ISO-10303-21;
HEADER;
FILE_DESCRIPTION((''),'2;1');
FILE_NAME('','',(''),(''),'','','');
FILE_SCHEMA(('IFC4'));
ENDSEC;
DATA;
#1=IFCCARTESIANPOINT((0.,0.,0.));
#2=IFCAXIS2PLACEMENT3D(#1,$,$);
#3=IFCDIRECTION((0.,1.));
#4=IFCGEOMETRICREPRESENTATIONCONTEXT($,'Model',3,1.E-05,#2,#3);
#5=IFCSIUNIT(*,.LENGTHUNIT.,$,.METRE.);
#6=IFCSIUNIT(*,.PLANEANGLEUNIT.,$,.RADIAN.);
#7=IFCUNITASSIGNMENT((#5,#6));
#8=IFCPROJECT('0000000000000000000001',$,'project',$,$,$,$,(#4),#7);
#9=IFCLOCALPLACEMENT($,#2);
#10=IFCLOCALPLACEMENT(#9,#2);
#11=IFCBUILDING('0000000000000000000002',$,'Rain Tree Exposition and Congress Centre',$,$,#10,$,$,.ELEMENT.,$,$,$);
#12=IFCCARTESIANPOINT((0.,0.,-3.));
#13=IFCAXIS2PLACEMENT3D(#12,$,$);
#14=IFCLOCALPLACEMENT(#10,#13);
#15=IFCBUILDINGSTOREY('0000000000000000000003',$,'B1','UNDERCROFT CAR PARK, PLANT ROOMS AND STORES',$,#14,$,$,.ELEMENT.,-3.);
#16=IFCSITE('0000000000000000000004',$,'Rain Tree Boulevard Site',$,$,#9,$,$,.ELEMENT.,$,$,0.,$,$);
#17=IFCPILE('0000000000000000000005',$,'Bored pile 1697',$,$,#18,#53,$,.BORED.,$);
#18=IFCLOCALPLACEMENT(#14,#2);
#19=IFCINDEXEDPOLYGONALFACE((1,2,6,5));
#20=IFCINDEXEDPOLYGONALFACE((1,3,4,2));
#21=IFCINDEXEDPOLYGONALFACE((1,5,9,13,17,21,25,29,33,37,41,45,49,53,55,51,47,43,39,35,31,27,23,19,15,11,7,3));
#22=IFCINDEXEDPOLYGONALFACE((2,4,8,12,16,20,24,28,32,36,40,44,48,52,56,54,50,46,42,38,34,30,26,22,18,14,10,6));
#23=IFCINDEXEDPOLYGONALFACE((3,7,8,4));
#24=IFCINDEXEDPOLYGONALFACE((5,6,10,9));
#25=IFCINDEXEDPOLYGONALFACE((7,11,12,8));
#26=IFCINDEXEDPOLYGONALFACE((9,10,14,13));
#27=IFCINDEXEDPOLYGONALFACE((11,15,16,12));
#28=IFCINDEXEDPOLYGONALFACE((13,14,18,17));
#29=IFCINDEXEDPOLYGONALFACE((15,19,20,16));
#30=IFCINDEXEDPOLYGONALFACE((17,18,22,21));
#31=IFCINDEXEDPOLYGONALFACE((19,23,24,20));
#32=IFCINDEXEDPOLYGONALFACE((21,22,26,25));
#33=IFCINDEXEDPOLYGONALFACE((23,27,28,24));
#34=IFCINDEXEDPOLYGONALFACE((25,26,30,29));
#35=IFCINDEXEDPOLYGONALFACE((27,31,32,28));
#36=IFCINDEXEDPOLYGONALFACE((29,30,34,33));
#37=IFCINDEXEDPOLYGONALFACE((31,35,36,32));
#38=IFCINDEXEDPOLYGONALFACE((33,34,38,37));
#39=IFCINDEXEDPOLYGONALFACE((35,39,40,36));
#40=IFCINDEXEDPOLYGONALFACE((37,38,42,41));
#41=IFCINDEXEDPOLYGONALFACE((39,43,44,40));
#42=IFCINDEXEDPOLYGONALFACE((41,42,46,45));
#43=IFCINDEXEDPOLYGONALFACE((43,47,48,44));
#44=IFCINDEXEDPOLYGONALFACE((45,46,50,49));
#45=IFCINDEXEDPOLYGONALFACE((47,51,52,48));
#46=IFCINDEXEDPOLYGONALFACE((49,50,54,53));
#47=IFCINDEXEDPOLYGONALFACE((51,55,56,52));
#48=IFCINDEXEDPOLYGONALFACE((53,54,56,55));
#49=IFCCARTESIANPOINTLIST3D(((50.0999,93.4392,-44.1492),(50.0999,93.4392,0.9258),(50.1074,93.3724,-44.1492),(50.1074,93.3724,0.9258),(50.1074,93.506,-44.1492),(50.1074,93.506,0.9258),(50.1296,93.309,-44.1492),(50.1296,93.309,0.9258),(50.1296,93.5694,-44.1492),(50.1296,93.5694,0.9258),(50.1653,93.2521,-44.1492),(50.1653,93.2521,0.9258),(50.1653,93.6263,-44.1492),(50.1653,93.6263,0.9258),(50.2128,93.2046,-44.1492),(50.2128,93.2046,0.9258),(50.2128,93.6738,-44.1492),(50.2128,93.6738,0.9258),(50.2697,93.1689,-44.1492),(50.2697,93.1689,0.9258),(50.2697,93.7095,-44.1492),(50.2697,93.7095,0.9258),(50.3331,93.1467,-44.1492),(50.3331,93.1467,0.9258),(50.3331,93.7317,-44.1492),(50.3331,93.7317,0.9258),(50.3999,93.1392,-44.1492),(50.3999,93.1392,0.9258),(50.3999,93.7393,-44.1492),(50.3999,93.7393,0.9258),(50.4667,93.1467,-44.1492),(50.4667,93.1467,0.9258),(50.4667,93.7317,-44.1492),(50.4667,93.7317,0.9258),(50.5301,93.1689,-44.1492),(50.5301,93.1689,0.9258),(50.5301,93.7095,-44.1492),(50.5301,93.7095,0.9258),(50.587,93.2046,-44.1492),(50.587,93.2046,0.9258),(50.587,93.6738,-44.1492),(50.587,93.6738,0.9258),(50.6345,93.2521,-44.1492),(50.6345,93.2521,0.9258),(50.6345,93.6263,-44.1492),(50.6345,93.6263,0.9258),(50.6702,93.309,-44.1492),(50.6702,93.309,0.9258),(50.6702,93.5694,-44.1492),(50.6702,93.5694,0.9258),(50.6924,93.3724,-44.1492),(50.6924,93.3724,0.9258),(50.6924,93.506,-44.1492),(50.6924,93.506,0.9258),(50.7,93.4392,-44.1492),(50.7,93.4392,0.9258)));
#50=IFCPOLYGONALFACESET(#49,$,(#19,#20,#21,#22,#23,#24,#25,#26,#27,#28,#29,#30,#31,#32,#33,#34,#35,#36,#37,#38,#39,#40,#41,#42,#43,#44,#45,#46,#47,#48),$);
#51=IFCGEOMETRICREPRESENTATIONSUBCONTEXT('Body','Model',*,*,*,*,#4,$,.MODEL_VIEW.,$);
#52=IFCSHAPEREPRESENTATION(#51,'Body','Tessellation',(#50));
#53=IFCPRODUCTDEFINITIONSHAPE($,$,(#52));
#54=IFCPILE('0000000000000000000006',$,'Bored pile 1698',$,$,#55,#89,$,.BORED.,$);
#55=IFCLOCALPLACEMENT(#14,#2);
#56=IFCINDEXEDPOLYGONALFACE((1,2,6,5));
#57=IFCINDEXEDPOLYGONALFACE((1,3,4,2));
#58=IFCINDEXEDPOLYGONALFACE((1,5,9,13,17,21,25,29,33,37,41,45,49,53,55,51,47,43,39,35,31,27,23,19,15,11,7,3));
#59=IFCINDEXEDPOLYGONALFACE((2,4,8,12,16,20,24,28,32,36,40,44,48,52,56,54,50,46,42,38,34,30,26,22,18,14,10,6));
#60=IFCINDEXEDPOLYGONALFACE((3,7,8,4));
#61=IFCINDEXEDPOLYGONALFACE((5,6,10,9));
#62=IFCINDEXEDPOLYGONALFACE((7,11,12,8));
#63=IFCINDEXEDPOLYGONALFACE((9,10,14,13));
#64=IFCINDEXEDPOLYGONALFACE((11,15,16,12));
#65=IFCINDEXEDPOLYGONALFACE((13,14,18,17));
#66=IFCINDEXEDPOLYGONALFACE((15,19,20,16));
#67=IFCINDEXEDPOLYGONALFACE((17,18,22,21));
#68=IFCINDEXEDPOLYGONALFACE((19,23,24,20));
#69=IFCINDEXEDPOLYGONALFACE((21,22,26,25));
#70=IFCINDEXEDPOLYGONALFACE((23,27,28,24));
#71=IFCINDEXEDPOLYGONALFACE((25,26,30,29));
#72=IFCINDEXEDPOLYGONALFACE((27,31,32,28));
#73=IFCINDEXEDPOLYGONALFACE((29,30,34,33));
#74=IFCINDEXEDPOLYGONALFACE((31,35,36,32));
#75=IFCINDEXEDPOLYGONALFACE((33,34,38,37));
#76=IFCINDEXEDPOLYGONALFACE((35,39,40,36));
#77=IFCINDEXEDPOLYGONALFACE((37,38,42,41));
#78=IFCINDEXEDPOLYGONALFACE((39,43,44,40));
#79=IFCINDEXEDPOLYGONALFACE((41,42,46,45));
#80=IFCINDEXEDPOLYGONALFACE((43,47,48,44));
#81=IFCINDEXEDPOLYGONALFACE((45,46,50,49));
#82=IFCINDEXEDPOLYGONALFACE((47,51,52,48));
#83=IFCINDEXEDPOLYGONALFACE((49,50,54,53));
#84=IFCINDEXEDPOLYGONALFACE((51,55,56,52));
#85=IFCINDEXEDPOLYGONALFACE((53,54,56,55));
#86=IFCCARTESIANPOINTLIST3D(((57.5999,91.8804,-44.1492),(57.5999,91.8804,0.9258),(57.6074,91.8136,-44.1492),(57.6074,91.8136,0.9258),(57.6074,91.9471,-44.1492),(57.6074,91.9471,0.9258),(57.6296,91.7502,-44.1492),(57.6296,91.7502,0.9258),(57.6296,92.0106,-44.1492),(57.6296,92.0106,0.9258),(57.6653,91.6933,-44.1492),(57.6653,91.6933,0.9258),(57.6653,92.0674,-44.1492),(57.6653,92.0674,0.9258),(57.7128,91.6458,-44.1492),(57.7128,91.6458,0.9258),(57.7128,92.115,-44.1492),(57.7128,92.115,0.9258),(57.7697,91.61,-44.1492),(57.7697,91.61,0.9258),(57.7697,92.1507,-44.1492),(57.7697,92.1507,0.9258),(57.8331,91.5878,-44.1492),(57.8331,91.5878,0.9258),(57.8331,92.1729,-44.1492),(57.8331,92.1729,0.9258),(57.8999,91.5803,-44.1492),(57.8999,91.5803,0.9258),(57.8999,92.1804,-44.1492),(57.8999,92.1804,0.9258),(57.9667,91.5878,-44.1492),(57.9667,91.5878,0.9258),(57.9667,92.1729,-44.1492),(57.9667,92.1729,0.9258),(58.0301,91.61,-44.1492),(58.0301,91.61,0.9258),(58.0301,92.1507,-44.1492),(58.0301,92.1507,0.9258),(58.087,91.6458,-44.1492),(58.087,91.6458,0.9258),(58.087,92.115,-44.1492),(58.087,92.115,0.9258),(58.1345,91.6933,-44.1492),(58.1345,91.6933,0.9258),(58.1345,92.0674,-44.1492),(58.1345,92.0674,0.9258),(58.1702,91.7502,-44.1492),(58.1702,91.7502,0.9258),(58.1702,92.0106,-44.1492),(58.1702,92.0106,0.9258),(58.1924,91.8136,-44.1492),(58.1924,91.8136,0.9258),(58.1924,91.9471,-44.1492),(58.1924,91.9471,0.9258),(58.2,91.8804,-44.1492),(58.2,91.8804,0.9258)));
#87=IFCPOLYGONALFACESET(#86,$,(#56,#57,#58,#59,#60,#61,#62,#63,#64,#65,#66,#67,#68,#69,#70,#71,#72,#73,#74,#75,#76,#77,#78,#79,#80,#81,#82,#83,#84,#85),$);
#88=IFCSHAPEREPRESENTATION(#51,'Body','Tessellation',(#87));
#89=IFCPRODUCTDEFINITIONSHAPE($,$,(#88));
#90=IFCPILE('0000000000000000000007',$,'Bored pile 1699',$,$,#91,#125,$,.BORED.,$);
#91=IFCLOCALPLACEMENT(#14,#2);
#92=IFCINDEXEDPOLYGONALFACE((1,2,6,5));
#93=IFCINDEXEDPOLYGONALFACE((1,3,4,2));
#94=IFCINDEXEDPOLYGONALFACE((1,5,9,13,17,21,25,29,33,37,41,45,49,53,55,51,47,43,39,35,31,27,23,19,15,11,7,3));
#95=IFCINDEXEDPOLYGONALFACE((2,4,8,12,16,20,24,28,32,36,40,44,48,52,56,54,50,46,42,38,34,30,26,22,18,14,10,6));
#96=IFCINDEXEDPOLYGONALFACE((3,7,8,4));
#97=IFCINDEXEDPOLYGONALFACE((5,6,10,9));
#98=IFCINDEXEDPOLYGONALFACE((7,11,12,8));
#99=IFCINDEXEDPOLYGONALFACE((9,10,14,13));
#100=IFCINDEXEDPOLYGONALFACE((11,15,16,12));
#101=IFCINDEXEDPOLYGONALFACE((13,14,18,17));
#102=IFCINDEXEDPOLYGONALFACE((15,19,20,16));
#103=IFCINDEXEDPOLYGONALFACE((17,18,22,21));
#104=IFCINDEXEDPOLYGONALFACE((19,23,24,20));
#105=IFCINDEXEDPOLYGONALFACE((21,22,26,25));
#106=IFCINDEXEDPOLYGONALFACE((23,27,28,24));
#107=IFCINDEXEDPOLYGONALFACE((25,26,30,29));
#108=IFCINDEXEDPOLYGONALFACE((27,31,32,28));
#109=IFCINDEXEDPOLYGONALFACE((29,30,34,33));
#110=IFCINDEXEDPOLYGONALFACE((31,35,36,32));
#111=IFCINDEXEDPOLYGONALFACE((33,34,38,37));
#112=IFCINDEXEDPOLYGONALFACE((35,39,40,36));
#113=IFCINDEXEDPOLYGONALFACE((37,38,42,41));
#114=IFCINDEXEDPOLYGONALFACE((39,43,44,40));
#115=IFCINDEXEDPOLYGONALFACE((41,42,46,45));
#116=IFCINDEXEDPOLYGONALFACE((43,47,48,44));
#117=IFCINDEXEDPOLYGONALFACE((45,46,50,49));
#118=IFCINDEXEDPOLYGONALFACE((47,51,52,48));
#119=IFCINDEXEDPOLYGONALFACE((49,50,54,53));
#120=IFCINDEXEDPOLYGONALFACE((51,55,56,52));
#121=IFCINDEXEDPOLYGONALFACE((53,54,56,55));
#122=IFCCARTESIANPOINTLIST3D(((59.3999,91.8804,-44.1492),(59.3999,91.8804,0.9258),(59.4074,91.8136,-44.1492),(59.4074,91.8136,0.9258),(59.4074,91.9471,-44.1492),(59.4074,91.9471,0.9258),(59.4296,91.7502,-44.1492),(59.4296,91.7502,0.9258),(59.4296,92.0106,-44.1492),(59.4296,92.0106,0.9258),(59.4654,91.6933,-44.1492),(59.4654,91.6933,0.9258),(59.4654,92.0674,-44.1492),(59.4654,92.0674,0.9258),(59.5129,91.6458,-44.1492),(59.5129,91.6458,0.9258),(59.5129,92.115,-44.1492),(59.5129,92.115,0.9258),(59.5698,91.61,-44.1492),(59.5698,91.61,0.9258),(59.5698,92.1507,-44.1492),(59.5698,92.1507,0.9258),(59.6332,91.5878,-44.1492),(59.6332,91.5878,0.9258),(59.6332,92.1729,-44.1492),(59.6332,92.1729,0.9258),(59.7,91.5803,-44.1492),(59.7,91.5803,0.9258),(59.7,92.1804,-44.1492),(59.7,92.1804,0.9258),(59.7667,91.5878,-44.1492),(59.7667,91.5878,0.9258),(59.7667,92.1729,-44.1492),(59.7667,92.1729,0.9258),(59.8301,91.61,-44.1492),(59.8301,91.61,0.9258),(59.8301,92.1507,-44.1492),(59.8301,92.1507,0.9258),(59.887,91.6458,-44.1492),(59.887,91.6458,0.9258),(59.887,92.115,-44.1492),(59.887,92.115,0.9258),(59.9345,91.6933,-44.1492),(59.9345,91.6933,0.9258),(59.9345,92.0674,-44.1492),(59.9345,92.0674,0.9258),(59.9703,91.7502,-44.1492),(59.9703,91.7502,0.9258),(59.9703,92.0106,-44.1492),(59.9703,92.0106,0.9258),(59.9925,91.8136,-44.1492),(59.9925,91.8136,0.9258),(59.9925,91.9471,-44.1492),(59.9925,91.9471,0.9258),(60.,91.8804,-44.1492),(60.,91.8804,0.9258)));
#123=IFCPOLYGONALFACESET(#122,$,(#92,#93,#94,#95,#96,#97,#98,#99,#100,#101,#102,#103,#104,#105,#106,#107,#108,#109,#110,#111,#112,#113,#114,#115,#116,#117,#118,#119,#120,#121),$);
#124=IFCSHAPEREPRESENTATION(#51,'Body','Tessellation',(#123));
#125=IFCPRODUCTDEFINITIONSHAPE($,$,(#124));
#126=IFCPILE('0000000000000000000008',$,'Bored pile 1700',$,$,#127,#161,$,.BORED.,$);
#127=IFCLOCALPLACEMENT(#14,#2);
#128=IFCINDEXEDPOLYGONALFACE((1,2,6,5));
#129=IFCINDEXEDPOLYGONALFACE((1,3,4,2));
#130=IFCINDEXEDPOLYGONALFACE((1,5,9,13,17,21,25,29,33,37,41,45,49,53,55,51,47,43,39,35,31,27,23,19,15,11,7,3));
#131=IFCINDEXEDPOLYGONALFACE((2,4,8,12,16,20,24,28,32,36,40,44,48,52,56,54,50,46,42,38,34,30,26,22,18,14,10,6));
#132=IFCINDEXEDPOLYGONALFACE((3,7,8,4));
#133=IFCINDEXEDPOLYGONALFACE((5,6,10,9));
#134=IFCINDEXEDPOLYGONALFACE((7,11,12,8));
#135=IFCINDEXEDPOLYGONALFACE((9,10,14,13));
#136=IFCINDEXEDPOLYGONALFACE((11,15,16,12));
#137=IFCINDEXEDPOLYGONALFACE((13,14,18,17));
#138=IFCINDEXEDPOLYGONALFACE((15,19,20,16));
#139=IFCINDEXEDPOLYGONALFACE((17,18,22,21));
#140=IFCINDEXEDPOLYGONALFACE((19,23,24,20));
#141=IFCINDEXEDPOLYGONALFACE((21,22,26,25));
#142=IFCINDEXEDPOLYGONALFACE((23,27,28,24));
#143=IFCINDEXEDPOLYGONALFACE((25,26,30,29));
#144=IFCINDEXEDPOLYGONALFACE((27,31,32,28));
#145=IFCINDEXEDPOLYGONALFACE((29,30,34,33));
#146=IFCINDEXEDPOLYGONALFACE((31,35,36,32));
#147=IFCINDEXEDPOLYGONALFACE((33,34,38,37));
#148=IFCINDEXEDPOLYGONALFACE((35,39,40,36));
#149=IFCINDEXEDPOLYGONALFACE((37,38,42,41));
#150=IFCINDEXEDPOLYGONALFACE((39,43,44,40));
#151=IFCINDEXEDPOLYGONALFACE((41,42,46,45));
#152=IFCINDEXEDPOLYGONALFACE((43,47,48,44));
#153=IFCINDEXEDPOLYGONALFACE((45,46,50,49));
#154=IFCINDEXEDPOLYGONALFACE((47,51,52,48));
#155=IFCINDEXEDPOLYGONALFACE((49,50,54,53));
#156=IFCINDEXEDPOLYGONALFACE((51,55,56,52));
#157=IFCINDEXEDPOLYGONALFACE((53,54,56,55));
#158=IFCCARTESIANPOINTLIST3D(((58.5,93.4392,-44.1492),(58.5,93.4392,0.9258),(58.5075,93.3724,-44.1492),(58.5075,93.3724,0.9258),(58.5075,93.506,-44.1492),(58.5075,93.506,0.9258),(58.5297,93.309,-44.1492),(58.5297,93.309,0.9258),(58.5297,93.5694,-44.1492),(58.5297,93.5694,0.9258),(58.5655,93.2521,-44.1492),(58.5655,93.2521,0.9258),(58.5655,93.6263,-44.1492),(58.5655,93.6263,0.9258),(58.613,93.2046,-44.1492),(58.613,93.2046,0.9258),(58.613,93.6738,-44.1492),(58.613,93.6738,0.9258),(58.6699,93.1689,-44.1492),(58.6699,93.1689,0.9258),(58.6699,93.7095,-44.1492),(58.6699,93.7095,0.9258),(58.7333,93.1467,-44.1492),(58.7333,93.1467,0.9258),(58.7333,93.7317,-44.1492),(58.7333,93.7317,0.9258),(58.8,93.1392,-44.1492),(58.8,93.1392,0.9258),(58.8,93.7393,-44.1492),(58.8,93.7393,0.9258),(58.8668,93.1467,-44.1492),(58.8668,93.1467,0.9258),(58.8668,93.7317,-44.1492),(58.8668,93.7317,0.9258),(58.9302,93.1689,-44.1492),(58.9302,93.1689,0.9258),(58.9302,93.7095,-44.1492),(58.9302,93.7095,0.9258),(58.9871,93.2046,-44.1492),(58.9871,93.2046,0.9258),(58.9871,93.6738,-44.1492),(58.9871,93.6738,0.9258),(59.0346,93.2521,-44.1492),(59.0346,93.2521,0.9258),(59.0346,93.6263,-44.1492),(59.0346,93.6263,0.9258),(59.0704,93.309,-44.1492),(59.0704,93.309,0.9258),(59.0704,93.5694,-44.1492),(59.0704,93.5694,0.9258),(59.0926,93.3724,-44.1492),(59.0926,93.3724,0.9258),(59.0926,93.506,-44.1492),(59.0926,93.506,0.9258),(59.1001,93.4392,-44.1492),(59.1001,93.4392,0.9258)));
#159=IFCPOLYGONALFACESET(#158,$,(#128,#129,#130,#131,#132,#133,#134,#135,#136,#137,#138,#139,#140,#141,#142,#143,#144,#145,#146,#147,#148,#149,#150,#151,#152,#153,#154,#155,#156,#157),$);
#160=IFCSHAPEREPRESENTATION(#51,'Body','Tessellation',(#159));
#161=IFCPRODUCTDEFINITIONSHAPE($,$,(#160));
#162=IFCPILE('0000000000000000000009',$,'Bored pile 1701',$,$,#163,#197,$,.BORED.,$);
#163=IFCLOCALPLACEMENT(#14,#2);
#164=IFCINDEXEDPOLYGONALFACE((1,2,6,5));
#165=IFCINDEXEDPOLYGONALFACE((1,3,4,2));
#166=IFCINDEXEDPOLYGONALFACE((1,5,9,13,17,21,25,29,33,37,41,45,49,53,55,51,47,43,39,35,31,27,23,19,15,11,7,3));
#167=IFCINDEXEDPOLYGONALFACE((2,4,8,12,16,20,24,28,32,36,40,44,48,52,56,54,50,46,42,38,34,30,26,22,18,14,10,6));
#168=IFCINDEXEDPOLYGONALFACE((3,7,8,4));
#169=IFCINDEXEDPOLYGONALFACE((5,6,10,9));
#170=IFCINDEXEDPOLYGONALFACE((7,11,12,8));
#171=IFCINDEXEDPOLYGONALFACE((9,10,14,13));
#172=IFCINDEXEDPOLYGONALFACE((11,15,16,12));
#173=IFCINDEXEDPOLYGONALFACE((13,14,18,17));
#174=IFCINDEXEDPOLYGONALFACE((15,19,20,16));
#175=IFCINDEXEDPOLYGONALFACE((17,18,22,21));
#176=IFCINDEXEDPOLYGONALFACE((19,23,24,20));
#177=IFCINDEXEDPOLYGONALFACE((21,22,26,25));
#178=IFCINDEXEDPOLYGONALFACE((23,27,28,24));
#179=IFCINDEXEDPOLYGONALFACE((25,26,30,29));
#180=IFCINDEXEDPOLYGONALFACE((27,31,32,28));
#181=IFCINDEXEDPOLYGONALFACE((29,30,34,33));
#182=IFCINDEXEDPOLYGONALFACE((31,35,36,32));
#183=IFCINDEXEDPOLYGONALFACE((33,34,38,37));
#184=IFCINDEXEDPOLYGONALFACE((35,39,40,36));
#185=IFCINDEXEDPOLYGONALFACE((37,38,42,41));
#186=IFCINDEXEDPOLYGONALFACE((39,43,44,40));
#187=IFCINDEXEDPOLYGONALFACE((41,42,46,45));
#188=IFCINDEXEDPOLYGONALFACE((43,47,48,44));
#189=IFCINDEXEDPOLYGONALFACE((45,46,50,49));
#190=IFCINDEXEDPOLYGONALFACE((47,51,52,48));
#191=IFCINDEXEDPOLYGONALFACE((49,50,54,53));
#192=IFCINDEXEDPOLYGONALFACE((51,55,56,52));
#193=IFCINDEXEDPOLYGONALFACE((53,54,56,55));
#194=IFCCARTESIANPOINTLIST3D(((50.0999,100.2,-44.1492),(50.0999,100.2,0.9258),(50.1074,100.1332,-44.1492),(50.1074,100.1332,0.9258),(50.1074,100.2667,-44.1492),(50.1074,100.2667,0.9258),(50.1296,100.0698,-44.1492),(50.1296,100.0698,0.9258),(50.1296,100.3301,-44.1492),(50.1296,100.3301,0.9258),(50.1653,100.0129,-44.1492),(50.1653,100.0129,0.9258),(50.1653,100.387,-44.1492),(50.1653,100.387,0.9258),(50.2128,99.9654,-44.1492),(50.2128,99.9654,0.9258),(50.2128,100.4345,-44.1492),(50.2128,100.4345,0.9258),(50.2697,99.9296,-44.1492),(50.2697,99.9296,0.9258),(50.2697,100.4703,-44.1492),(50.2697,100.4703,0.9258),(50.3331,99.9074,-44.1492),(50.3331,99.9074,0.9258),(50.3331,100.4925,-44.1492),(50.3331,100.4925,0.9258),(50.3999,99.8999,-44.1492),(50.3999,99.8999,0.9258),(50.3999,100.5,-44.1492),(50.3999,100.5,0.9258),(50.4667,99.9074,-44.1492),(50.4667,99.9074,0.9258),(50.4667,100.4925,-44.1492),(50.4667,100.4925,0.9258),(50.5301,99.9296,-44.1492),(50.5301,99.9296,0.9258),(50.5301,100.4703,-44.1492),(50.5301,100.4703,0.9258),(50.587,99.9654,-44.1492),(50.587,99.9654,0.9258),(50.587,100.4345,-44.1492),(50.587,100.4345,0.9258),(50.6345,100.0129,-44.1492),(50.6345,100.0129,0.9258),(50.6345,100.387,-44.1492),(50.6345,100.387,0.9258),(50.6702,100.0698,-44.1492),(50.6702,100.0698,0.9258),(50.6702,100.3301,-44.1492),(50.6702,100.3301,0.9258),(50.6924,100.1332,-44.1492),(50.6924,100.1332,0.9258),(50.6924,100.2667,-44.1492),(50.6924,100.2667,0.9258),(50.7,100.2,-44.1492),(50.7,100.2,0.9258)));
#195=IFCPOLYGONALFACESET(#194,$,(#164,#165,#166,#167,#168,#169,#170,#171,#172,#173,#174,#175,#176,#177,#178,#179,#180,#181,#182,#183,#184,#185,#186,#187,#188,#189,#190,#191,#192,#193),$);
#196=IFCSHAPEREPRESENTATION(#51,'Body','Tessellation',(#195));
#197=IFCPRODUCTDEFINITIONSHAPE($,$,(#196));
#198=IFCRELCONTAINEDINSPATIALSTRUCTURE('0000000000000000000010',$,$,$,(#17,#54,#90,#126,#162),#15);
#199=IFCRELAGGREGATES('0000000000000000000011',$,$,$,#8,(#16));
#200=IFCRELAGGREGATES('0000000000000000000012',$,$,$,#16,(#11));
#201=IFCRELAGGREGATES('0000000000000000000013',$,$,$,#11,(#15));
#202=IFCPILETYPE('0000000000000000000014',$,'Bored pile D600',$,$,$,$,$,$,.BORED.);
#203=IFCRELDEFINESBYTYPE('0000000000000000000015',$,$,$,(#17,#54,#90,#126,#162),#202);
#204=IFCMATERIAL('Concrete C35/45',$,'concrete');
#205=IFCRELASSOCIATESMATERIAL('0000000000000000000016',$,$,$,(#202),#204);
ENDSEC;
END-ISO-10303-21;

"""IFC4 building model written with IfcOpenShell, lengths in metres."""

from ifc_helpers import new_model, si_unit, direction, frame, origin, origin_2d, place, context, subcontext, project, spatial, circle, extrude, material, material_profile, profile_set, type_object, element, save


model = new_model("IFC4")

# Units and contexts
model_context = context("Model", 3, precision=1e-05, world=origin(), true_north=direction((0.0, 1.0)))
body_context = subcontext(model_context, "Body", "Model", "MODEL_VIEW")
ifc_project = project(units=[si_unit("LENGTHUNIT", "METRE"), si_unit("PLANEANGLEUNIT", "RADIAN")], contexts=[model_context])

# Site, building, storey
site_placement = place(None, origin())
site = spatial("IfcSite", under=ifc_project, at=site_placement, Name="Rain Tree Boulevard Site", CompositionType="ELEMENT", RefElevation=0.0)
building_placement = place(site_placement, origin())
building = spatial("IfcBuilding", under=site, at=building_placement, Name="Rain Tree Exposition and Congress Centre", CompositionType="ELEMENT")
storey_placement = place(building_placement, frame((0.0, 0.0, -3.0)))
storey = spatial("IfcBuildingStorey", under=building, at=storey_placement, Name="B1", Description="UNDERCROFT CAR PARK, PLANT ROOMS AND STORES", CompositionType="ELEMENT", Elevation=-3.0)

# Piles
ifc_material_1 = material(Name="Concrete C35/45", Category="concrete")
ifc_material_profile_1 = material_profile(ifc_material_1, circle(Radius=0.3, at=origin_2d()), Name="D600")
ifc_profile_set_1 = profile_set([ifc_material_profile_1], Name="Concrete C35/45")
pile_type_1 = type_object("IfcPileType", Name="Bored pile D600", PredefinedType="BORED", material=ifc_profile_set_1)
for number, where, z_axis, x_axis, name in (
    (1, (50.3999, 93.4392, 0.9258), (0.0, 0.0, -1.0), (1.0, 0.0, 0.0), "Bored pile 1697"),
    (2, (57.8999, 91.8804, 0.9258), (0.0, 0.0, -1.0), (1.0, 0.0, 0.0), "Bored pile 1698"),
    (3, (59.7, 91.8804, 0.9258), (0.0, 0.0, -1.0), (1.0, 0.0, 0.0), "Bored pile 1699"),
    (4, (58.8, 93.4392, 0.9258), (0.0, 0.0, -1.0), (1.0, 0.0, 0.0), "Bored pile 1700"),
    (5, (50.3999, 100.2, 0.9258), (0.0, 0.0, -1.0), (1.0, 0.0, 0.0), "Bored pile 1701"),
):
    element("IfcPile", number, at=place(storey_placement, frame(where, z_axis=z_axis, x_axis=x_axis)), inside=storey, type_object=pile_type_1, Name=name, PredefinedType="BORED", context=body_context, shape_type="SweptSolid", body=[
        extrude(circle(Radius=0.3, at=origin_2d()), origin(), (0.0, 0.0, 1.0), 45.075),
    ])

save(model, "model.ifc")
